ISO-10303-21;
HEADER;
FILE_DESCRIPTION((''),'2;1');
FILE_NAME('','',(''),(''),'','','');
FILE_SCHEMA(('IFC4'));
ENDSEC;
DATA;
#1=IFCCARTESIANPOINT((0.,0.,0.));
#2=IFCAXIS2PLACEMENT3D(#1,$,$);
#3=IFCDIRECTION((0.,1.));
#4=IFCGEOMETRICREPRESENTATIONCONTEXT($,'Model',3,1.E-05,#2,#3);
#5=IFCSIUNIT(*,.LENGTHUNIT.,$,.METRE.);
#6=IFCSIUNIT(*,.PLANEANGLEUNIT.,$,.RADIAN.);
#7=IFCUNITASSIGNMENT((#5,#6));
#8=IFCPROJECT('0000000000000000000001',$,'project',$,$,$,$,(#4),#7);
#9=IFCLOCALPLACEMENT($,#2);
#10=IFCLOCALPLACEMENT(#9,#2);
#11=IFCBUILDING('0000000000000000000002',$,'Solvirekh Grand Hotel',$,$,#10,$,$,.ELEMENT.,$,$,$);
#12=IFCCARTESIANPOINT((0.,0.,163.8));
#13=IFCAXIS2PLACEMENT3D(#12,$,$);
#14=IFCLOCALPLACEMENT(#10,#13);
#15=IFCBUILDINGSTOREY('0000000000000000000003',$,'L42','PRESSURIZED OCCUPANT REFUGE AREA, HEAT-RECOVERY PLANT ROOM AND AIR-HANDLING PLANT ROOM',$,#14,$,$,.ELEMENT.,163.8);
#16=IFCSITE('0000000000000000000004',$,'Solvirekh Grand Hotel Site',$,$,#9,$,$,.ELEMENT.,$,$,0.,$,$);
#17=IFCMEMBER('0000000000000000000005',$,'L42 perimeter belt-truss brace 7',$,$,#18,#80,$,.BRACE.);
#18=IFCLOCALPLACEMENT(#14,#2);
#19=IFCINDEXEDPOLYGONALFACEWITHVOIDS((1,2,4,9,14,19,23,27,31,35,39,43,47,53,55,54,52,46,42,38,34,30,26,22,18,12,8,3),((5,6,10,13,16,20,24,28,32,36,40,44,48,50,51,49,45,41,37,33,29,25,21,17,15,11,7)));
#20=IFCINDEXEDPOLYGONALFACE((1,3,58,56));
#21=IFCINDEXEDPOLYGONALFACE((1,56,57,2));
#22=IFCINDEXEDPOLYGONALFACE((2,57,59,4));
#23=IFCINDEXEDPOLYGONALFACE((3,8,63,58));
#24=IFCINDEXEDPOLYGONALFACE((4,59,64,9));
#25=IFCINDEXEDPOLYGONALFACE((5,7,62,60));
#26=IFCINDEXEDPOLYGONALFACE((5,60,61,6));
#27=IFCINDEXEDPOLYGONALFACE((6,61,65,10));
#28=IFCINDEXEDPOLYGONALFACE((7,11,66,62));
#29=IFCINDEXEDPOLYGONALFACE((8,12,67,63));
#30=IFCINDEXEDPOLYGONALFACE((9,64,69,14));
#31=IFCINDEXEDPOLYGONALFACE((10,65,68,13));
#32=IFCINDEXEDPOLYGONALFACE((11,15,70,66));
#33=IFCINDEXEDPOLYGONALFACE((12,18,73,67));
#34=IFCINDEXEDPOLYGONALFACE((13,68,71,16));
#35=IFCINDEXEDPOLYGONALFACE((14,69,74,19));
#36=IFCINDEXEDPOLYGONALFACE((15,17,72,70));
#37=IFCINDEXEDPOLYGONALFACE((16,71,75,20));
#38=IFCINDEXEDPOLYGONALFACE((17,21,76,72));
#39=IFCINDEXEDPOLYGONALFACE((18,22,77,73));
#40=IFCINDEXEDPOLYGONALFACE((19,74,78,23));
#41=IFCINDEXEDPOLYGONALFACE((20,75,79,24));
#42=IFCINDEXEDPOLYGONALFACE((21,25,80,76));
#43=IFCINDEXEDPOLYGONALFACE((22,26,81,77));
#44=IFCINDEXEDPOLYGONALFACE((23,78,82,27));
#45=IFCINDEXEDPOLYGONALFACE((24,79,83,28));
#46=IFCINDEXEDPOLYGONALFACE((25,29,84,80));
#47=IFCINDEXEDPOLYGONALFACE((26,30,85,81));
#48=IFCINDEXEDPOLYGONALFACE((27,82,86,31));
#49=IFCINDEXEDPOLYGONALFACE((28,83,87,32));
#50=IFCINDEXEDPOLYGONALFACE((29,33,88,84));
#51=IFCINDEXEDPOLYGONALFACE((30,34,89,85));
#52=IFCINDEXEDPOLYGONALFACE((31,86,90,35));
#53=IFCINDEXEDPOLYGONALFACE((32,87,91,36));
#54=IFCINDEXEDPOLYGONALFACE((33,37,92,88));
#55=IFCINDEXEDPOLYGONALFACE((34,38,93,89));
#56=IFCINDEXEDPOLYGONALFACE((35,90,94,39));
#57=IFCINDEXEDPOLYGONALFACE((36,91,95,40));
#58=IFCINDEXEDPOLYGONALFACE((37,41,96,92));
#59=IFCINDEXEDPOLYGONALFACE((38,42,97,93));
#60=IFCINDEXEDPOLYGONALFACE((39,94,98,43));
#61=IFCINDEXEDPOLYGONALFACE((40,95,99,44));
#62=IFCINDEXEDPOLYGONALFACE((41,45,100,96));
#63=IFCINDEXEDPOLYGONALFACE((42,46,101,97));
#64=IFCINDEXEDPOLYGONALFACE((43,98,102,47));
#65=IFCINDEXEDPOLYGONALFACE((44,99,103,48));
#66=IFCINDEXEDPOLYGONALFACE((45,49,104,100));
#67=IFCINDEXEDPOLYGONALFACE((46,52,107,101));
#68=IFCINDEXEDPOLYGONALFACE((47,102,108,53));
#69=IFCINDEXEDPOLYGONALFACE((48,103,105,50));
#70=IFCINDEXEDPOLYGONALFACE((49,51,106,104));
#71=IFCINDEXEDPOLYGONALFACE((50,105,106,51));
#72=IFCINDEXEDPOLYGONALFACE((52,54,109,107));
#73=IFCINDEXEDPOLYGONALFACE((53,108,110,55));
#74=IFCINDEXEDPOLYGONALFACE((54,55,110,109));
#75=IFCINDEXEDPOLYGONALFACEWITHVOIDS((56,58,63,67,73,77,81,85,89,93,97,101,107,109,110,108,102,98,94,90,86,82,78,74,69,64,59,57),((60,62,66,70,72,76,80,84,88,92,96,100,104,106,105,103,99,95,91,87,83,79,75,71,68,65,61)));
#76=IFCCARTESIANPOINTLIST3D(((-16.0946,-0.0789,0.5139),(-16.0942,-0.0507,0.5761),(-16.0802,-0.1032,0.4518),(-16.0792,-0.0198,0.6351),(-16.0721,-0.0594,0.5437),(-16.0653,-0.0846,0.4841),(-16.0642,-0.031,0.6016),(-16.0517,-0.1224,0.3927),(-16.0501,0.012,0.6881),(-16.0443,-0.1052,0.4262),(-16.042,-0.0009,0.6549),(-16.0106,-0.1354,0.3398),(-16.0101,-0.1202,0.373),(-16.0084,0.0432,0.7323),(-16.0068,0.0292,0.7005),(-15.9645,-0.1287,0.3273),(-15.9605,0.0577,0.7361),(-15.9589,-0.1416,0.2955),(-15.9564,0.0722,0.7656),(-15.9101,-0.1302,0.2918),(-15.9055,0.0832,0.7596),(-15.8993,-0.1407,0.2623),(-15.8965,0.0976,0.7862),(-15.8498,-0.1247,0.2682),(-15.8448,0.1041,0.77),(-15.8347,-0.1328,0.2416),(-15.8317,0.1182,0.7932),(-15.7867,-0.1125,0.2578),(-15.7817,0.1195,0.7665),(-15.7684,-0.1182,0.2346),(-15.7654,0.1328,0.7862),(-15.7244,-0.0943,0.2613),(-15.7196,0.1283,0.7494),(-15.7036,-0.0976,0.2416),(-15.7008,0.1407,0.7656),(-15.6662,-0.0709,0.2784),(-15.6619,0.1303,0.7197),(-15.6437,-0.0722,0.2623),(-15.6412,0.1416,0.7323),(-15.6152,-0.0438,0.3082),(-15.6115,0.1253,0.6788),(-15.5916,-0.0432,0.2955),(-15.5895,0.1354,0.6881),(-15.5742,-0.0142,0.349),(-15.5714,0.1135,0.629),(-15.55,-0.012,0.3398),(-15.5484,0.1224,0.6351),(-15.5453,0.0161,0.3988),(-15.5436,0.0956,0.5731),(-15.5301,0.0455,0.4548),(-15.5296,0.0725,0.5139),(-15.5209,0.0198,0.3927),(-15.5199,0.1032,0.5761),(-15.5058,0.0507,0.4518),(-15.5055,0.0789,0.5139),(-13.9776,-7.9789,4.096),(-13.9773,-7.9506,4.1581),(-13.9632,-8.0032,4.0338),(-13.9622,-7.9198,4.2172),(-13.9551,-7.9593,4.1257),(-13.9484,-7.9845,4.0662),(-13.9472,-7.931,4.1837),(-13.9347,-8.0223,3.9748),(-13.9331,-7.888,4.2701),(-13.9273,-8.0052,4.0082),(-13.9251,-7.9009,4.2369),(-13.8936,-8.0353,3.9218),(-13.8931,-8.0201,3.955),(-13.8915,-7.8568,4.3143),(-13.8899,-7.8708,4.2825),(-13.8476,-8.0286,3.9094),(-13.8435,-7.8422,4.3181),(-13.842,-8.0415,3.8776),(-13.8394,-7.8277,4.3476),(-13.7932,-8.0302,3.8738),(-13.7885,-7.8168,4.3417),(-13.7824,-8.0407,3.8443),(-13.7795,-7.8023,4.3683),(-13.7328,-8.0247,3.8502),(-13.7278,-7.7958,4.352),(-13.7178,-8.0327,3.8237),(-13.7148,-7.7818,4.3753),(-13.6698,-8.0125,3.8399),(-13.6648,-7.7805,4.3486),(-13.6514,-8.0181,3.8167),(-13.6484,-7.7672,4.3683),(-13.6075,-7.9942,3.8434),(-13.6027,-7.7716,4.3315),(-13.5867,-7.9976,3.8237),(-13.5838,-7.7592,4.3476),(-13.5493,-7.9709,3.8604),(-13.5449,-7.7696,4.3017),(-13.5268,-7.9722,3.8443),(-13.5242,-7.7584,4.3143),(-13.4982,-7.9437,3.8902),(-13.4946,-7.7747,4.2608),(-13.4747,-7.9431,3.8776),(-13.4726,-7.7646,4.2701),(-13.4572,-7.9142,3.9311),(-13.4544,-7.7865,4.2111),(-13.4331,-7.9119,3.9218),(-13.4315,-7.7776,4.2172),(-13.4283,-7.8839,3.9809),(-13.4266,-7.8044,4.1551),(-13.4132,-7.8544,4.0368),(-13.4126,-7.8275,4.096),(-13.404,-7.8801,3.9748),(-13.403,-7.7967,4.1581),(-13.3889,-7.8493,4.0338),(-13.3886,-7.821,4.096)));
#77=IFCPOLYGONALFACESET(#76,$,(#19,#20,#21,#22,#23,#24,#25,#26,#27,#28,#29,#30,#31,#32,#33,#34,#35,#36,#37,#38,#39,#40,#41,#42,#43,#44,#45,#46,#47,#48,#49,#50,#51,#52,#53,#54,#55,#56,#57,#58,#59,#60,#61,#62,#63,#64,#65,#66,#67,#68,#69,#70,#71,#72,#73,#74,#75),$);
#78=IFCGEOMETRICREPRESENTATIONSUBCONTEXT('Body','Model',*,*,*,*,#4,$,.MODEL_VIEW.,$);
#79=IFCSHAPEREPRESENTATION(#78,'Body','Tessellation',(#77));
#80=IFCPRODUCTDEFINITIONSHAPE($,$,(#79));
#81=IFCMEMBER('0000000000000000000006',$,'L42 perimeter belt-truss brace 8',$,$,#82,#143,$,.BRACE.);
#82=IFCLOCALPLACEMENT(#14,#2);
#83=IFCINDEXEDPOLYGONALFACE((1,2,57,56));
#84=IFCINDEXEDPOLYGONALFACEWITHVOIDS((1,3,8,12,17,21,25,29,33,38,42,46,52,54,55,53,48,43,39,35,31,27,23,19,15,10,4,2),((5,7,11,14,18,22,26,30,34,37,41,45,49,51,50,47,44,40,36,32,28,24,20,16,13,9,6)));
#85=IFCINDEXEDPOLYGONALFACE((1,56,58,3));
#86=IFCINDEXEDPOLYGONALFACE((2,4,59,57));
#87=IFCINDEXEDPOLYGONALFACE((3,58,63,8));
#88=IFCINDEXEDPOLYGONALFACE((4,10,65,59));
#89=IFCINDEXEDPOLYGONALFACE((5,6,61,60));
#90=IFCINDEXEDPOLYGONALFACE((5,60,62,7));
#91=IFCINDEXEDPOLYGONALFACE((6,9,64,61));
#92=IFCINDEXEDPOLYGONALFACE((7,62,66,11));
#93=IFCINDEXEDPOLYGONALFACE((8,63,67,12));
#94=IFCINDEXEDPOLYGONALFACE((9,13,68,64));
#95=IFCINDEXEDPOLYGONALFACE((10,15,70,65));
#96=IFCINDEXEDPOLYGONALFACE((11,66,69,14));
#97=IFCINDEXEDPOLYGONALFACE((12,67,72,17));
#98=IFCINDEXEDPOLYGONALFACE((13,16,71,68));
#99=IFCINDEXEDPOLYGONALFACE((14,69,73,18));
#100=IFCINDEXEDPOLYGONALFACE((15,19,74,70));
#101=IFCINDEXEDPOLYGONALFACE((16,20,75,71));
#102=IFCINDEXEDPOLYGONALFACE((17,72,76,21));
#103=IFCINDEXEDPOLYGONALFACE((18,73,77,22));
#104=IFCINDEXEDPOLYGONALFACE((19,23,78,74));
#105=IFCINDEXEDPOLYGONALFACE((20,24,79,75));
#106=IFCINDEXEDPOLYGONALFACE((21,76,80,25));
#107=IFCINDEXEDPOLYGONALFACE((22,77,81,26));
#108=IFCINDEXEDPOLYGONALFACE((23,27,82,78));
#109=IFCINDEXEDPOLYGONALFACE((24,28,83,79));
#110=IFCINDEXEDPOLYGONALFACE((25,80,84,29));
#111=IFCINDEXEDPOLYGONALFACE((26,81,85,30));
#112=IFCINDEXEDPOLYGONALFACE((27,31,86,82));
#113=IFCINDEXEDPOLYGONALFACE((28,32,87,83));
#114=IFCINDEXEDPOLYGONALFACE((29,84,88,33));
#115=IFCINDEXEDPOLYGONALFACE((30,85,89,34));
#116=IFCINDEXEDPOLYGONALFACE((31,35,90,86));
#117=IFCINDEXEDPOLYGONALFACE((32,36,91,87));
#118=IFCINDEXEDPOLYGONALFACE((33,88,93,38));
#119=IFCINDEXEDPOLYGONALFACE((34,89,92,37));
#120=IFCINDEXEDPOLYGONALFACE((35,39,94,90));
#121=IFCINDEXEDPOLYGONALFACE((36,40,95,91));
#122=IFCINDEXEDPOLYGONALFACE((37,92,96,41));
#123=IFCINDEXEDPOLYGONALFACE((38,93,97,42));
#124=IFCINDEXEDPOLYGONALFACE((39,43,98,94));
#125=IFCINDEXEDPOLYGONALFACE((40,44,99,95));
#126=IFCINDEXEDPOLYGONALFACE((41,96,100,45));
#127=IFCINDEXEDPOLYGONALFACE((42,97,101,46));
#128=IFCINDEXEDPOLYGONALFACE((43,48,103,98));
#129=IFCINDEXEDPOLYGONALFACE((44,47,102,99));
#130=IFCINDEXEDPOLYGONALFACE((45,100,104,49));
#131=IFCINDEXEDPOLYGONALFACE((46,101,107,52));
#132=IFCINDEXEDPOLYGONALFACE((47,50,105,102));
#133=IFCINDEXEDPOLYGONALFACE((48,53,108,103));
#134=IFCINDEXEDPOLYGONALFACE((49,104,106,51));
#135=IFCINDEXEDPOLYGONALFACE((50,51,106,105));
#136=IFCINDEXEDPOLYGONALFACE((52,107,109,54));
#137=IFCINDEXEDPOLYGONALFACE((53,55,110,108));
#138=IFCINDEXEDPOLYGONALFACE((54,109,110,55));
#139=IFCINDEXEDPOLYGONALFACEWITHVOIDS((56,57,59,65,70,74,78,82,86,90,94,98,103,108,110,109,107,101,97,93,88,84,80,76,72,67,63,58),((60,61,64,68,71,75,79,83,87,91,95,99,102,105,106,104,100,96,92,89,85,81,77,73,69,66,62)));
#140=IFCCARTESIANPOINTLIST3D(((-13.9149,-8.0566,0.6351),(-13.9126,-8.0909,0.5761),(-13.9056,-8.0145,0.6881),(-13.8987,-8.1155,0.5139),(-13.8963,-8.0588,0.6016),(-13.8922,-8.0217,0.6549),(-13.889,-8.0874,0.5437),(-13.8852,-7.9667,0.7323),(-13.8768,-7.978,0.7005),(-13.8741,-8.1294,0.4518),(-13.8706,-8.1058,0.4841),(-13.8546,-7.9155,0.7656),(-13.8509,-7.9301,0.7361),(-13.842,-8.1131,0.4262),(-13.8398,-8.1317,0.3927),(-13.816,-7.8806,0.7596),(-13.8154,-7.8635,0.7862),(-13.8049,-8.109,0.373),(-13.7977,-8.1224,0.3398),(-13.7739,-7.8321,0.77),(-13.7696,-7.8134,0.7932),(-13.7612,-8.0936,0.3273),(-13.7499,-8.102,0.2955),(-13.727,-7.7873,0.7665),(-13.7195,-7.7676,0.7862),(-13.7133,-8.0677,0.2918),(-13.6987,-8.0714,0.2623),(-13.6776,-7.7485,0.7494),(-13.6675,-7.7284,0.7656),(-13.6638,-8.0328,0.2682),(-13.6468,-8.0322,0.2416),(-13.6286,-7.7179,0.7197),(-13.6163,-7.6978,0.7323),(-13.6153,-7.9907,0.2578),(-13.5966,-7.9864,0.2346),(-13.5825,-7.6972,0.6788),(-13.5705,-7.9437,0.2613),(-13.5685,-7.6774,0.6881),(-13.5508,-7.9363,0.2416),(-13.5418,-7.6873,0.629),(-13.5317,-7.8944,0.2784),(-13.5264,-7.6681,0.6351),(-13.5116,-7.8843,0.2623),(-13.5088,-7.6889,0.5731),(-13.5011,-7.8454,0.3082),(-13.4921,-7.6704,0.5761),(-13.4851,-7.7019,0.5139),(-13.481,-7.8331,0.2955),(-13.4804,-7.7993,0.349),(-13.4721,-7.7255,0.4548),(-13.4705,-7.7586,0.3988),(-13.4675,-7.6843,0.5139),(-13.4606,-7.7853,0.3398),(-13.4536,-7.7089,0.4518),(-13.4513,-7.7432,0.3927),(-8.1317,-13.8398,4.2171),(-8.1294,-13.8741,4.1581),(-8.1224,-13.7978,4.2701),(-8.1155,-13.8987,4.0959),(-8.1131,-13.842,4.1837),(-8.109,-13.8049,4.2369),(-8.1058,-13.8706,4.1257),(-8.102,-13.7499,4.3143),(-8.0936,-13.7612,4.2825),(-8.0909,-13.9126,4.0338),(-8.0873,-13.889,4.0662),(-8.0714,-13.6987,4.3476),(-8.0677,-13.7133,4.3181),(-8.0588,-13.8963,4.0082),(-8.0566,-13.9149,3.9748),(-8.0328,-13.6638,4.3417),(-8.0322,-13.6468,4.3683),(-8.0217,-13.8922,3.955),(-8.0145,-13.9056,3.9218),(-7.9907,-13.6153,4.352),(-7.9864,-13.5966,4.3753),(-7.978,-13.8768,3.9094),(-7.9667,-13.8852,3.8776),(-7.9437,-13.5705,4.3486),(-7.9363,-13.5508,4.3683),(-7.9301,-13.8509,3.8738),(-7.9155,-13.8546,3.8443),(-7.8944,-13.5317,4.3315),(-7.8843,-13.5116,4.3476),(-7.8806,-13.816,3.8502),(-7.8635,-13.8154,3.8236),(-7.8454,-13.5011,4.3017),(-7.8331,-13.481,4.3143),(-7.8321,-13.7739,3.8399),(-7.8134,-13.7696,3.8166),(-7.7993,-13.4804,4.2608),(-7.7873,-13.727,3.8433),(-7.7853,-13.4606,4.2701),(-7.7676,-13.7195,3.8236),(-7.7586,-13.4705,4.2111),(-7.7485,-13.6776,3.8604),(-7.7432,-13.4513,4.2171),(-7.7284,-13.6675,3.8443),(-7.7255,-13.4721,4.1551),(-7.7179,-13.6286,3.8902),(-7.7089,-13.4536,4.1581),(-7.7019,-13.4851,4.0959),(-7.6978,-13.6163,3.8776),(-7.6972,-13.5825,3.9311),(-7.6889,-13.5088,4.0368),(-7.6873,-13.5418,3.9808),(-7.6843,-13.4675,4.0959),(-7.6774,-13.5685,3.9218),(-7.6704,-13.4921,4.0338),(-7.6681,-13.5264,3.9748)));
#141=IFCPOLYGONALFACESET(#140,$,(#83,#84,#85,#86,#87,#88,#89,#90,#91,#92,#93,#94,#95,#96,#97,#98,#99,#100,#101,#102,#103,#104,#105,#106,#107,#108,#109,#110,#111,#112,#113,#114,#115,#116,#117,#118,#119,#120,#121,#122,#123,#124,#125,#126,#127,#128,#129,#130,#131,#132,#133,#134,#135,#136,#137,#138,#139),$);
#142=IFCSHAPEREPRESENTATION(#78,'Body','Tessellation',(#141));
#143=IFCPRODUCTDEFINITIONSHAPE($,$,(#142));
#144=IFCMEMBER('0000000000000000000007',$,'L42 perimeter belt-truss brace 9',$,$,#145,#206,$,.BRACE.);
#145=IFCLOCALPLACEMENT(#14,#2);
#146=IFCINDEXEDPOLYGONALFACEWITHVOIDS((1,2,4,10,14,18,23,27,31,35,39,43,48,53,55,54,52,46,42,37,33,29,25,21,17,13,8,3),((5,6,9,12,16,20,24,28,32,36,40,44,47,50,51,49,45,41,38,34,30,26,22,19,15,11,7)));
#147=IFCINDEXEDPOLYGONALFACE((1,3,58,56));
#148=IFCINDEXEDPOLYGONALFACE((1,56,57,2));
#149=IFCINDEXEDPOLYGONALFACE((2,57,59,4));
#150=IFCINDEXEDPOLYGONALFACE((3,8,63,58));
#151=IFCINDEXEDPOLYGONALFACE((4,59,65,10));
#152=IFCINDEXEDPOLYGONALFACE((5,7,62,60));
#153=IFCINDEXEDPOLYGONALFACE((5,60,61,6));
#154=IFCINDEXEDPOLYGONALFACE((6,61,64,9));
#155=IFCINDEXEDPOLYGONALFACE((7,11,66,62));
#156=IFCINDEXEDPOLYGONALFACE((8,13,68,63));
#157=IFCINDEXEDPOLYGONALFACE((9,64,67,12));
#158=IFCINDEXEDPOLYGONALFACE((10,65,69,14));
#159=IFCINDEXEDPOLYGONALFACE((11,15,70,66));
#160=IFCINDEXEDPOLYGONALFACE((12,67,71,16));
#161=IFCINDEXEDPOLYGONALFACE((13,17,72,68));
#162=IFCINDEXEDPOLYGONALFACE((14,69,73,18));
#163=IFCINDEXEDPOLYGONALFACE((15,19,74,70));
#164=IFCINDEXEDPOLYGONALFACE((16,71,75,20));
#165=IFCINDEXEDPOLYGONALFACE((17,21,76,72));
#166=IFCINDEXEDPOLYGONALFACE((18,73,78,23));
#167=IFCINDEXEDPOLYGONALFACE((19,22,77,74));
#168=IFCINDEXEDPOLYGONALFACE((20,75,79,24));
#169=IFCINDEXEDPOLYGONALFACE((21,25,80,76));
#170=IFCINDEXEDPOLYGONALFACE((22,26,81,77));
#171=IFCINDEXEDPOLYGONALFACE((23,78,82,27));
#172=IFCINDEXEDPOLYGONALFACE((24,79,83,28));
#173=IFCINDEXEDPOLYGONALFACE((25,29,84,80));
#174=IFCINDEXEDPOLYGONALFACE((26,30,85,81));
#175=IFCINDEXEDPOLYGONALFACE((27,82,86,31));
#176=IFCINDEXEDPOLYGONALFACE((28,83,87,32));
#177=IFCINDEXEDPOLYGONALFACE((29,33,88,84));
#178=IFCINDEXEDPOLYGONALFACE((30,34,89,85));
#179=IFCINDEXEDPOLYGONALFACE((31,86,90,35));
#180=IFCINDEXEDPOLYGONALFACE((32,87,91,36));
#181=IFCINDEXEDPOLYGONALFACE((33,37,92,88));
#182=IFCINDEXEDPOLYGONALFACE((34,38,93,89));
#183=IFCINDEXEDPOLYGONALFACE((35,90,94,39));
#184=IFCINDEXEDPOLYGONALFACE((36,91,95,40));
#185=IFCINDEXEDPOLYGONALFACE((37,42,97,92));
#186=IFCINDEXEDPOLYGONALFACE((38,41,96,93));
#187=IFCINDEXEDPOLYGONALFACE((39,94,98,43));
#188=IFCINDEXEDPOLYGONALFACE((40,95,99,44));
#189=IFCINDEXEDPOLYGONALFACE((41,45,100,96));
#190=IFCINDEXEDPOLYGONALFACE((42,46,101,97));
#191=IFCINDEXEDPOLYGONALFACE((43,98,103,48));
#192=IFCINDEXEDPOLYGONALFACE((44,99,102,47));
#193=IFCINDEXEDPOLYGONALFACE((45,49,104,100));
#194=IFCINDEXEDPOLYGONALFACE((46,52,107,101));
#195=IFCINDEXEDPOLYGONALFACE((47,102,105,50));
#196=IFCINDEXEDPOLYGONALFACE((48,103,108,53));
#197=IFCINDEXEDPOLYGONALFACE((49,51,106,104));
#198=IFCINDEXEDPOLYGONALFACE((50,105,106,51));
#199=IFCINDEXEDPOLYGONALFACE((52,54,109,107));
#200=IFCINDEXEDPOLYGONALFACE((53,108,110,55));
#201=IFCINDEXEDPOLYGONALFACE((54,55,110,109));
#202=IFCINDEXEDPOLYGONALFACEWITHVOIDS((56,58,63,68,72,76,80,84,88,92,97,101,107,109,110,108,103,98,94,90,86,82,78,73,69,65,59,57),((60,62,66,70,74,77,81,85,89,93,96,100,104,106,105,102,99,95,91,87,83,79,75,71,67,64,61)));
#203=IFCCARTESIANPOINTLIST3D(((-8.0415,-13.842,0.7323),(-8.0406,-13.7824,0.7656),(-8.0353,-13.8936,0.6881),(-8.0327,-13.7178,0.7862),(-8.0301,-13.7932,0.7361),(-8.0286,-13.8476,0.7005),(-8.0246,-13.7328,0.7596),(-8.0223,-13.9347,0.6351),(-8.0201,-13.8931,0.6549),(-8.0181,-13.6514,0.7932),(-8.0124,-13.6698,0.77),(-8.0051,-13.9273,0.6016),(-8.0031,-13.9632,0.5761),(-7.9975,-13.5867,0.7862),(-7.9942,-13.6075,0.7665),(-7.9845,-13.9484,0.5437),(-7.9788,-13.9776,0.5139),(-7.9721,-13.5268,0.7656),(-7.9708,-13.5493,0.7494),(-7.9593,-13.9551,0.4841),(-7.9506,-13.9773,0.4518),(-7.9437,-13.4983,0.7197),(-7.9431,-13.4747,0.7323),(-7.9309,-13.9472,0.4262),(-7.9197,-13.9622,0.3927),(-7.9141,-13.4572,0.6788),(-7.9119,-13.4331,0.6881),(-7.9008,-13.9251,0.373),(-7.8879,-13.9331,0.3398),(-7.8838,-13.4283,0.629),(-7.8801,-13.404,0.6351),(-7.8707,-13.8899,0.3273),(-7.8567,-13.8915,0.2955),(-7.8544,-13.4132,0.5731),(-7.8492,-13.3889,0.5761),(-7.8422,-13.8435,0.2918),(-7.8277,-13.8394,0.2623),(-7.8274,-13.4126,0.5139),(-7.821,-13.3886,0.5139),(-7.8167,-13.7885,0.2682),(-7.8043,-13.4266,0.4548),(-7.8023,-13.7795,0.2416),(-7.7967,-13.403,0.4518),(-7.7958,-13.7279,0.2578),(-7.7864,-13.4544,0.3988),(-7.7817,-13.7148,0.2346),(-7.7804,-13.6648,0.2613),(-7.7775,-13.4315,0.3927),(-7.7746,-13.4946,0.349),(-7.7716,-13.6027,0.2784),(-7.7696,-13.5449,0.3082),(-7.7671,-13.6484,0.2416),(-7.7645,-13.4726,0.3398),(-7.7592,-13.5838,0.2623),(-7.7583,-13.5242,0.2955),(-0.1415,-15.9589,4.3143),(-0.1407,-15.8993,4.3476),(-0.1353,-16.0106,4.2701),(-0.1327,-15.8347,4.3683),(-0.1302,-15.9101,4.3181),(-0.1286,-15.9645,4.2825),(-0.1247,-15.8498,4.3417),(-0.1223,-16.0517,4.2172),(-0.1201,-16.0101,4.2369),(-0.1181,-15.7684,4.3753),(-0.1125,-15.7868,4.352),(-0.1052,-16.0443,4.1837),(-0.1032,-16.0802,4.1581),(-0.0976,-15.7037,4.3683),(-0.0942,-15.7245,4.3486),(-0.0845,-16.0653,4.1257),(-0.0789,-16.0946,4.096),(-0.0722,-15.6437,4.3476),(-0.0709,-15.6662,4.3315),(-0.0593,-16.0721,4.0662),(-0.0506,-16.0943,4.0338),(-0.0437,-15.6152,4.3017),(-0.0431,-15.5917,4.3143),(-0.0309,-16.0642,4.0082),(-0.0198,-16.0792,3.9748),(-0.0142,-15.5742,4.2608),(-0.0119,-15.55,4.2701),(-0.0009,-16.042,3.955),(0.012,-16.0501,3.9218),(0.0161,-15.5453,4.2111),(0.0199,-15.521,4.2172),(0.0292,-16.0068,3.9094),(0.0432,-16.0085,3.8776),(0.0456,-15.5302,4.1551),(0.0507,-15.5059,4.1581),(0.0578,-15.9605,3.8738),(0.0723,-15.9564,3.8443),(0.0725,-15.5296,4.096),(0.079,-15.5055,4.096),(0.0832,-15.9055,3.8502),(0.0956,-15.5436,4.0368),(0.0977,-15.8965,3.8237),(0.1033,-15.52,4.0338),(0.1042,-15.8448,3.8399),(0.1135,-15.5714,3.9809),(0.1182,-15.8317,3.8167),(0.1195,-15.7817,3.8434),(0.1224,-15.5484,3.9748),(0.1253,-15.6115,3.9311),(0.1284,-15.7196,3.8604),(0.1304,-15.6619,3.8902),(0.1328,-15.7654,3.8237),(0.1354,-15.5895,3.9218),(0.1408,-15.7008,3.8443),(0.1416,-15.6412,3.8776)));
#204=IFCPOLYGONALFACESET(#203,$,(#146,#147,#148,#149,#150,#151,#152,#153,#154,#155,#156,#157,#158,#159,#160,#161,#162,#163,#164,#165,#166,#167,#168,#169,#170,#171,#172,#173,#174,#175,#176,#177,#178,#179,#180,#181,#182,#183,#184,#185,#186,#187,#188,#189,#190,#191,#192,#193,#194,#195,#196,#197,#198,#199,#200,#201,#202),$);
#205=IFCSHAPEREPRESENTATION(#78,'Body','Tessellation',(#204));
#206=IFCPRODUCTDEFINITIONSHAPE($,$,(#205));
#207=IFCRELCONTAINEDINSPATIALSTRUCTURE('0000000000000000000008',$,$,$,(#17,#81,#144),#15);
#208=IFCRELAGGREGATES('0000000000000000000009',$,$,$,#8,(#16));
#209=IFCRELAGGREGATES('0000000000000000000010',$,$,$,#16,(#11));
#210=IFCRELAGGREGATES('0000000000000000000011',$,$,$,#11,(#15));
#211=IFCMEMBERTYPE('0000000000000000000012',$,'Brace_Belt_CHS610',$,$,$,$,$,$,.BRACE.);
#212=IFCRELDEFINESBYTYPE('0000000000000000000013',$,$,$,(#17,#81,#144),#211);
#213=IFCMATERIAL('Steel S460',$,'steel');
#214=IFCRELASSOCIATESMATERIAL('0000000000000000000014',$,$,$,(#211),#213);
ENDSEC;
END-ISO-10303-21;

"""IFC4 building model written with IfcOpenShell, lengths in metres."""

from ifc_helpers import new_model, si_unit, direction, frame, origin, origin_2d, place, context, subcontext, project, spatial, hollow_circle, extrude, material, material_profile, profile_set, type_object, element, save


model = new_model("IFC4")

# Units and contexts
model_context = context("Model", 3, precision=1e-05, world=origin(), true_north=direction((0.0, 1.0)))
body_context = subcontext(model_context, "Body", "Model", "MODEL_VIEW")
ifc_project = project(units=[si_unit("LENGTHUNIT", "METRE"), si_unit("PLANEANGLEUNIT", "RADIAN")], contexts=[model_context])

# Site, building, storey
site_placement = place(None, origin())
site = spatial("IfcSite", under=ifc_project, at=site_placement, Name="Solvirekh Grand Hotel Site", CompositionType="ELEMENT", RefElevation=0.0)
building_placement = place(site_placement, origin())
building = spatial("IfcBuilding", under=site, at=building_placement, Name="Solvirekh Grand Hotel", CompositionType="ELEMENT")
storey_placement = place(building_placement, frame((0.0, 0.0, 163.8)))
storey = spatial("IfcBuildingStorey", under=building, at=storey_placement, Name="L42", Description="PRESSURIZED OCCUPANT REFUGE AREA, HEAT-RECOVERY PLANT ROOM AND AIR-HANDLING PLANT ROOM", CompositionType="ELEMENT", Elevation=163.8)

# Members
ifc_material_1 = material(Name="Steel S460", Category="steel")
ifc_material_profile_1 = material_profile(ifc_material_1, hollow_circle(Radius=0.3049, WallThickness=0.0249, at=origin_2d()), Name="CHS 610X25")
ifc_profile_set_1 = profile_set([ifc_material_profile_1], Name="Steel S460")
member_type = type_object("IfcMemberType", Name="Brace_Belt_CHS610", PredefinedType="BRACE", material=ifc_profile_set_1)
for number, where, z_axis, x_axis, name in (
    (1, (-15.8, 0.0, 0.5139), (0.237095, -0.884781, 0.401184), (0.965921, 0.258839, 0.0), "L42 perimeter belt-truss brace 7"),
    (2, (-13.6831, -7.8999, 0.5139), (0.647709, -0.647709, 0.401181), (0.707107, 0.707107, 0.0), "L42 perimeter belt-truss brace 8"),
    (3, (-7.8999, -13.6831, 0.5139), (0.884781, -0.237095, 0.401184), (0.258839, 0.965921, 0.0), "L42 perimeter belt-truss brace 9"),
):
    element("IfcMember", number, at=place(storey_placement, frame(where, z_axis=z_axis, x_axis=x_axis)), inside=storey, type_object=member_type, Name=name, PredefinedType="BRACE", context=body_context, shape_type="SweptSolid", body=[
        extrude(hollow_circle(Radius=0.3049, WallThickness=0.0249, at=origin_2d()), origin(), (0.0, 0.0, 1.0), 8.9287),
    ])

save(model, "model.ifc")
